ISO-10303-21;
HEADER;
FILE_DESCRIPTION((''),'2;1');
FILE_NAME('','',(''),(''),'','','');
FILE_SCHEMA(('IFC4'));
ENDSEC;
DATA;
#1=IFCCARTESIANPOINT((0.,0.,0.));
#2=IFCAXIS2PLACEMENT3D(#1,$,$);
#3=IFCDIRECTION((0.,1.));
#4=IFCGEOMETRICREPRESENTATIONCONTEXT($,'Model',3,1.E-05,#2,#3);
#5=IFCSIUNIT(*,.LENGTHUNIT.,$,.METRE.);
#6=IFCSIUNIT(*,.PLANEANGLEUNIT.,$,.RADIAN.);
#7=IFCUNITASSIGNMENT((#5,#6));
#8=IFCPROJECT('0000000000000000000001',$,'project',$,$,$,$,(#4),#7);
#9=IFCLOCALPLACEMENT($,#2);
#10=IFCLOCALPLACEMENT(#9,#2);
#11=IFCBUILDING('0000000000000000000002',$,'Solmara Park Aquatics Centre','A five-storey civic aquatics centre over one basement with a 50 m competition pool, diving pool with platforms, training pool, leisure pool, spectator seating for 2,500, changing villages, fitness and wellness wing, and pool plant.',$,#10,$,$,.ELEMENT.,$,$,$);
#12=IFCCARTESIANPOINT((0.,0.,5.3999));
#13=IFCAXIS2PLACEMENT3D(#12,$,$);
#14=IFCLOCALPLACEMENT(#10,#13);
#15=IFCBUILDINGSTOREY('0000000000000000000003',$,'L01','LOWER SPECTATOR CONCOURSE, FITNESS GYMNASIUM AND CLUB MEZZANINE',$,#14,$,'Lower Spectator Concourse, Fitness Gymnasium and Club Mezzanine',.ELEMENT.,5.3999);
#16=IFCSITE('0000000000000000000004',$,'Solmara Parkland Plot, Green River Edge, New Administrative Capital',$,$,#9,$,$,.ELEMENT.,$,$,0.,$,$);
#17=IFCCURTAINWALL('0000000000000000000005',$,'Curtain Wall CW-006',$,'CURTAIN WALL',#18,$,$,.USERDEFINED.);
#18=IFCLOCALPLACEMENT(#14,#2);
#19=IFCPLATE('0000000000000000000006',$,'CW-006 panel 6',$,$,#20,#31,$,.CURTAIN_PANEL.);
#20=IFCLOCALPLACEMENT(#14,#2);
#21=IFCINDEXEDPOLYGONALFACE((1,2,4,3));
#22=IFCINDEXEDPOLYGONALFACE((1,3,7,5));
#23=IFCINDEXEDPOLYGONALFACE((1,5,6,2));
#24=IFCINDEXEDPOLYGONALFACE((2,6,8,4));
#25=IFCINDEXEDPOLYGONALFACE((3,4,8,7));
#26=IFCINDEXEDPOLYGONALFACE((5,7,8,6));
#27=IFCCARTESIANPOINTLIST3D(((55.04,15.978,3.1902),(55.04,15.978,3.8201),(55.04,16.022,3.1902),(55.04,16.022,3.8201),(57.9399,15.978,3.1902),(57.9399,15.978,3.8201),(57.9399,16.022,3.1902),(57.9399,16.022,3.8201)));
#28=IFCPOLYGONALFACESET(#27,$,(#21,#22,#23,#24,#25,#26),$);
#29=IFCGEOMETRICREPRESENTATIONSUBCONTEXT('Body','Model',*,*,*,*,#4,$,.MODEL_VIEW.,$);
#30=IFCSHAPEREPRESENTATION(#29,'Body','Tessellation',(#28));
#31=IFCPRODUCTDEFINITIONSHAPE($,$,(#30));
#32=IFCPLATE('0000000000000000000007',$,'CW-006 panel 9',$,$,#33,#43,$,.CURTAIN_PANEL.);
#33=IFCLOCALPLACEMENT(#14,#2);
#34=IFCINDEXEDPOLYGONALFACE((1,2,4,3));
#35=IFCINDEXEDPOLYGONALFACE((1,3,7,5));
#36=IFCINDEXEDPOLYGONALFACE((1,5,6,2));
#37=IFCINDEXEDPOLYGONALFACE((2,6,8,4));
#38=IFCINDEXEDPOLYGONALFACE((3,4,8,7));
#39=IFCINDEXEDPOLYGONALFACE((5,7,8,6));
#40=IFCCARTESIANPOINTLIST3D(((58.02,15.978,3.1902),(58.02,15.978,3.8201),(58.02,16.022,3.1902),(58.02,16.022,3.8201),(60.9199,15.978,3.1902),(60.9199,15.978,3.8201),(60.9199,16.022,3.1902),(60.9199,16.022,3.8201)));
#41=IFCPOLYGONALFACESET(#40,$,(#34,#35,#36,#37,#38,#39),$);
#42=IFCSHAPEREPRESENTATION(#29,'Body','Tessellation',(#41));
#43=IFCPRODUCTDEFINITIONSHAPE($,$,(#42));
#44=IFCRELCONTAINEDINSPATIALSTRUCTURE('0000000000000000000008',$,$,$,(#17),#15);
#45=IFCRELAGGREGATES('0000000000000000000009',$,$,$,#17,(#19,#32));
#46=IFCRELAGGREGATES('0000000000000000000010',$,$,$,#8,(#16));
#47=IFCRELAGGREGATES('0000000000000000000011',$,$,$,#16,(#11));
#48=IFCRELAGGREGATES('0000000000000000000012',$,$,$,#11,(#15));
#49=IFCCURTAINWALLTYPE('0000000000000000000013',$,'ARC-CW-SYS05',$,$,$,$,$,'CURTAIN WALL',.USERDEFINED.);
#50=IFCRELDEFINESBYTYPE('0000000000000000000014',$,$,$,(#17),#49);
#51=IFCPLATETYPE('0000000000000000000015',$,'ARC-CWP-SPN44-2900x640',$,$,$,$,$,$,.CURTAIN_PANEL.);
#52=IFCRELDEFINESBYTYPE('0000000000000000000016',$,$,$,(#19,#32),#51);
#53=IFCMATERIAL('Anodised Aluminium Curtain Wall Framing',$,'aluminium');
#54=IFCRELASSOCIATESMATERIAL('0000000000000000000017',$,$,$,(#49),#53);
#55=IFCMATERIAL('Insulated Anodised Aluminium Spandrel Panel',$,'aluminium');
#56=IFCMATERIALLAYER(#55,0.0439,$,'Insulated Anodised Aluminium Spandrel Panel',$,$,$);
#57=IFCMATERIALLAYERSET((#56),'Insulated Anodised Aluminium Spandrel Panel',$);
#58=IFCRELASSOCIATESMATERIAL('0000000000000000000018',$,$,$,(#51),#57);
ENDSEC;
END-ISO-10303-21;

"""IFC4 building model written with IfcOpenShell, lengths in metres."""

from ifc_helpers import new_model, si_unit, direction, frame, origin, origin_2d, place, context, subcontext, project, spatial, rectangle, extrude, material, layer, layer_set, type_object, element, aggregate, save


model = new_model("IFC4")

# Units and contexts
model_context = context("Model", 3, precision=1e-05, world=origin(), true_north=direction((0.0, 1.0)))
body_context = subcontext(model_context, "Body", "Model", "MODEL_VIEW")
ifc_project = project(units=[si_unit("LENGTHUNIT", "METRE"), si_unit("PLANEANGLEUNIT", "RADIAN")], contexts=[model_context])

# Site, building, storey
site_placement = place(None, origin())
site = spatial("IfcSite", under=ifc_project, at=site_placement, Name="Solmara Parkland Plot, Green River Edge, New Administrative Capital", CompositionType="ELEMENT", RefElevation=0.0)
building_placement = place(site_placement, origin())
building = spatial("IfcBuilding", under=site, at=building_placement, Name="Solmara Park Aquatics Centre", Description="A five-storey civic aquatics centre over one basement with a 50 m competition pool, diving pool with platforms, training pool, leisure pool, spectator seating for 2,500, changing villages, fitness and wellness wing, and pool plant.", CompositionType="ELEMENT")
storey_placement = place(building_placement, frame((0.0, 0.0, 5.3999)))
storey = spatial("IfcBuildingStorey", under=building, at=storey_placement, Name="L01", Description="LOWER SPECTATOR CONCOURSE, FITNESS GYMNASIUM AND CLUB MEZZANINE", LongName="Lower Spectator Concourse, Fitness Gymnasium and Club Mezzanine", CompositionType="ELEMENT", Elevation=5.3999)

# Shared definitions
ifc_material_1 = material(Name="Anodised Aluminium Curtain Wall Framing", Category="aluminium")
curtain_wall_type = type_object("IfcCurtainWallType", Name="ARC-CW-SYS05", ElementType="CURTAIN WALL", PredefinedType="USERDEFINED", material=ifc_material_1)

# Curtain wall
curtain_wall_1_placement = place(storey_placement, origin())
curtain_wall_1 = element("IfcCurtainWall", 1, at=curtain_wall_1_placement, inside=storey, type_object=curtain_wall_type, Name="Curtain Wall CW-006", ObjectType="CURTAIN WALL", PredefinedType="USERDEFINED")

# Plates
ifc_material_2 = material(Name="Insulated Anodised Aluminium Spandrel Panel", Category="aluminium")
ifc_layer_1 = layer(ifc_material_2, 0.0439, Name="Insulated Anodised Aluminium Spandrel Panel")
ifc_layer_set_1 = layer_set([ifc_layer_1], Name="Insulated Anodised Aluminium Spandrel Panel")
plate_type_1 = type_object("IfcPlateType", Name="ARC-CWP-SPN44-2900x640", PredefinedType="CURTAIN_PANEL", material=ifc_layer_set_1)
plate_1_placement = place(storey_placement, frame((56.49, 16.0, 3.1902), z_axis=(0.0, 0.0, 1.0), x_axis=(1.0, 0.0, 0.0)))
plate_1 = element("IfcPlate", 2, at=plate_1_placement, type_object=plate_type_1, Name="CW-006 panel 6", PredefinedType="CURTAIN_PANEL", context=body_context, shape_type="SweptSolid", body=[
    extrude(rectangle(XDim=2.8999, YDim=0.0439, at=origin_2d()), origin(), (0.0, 0.0, 1.0), 0.6299),
])
plate_2_placement = place(storey_placement, frame((59.47, 16.0, 3.1902), z_axis=(0.0, 0.0, 1.0), x_axis=(1.0, 0.0, 0.0)))
plate_2 = element("IfcPlate", 3, at=plate_2_placement, type_object=plate_type_1, Name="CW-006 panel 9", PredefinedType="CURTAIN_PANEL", context=body_context, shape_type="SweptSolid", body=[
    extrude(rectangle(XDim=2.8999, YDim=0.0439, at=origin_2d()), origin(), (0.0, 0.0, 1.0), 0.6299),
])
aggregate(curtain_wall_1, [plate_1, plate_2])

save(model, "model.ifc")
